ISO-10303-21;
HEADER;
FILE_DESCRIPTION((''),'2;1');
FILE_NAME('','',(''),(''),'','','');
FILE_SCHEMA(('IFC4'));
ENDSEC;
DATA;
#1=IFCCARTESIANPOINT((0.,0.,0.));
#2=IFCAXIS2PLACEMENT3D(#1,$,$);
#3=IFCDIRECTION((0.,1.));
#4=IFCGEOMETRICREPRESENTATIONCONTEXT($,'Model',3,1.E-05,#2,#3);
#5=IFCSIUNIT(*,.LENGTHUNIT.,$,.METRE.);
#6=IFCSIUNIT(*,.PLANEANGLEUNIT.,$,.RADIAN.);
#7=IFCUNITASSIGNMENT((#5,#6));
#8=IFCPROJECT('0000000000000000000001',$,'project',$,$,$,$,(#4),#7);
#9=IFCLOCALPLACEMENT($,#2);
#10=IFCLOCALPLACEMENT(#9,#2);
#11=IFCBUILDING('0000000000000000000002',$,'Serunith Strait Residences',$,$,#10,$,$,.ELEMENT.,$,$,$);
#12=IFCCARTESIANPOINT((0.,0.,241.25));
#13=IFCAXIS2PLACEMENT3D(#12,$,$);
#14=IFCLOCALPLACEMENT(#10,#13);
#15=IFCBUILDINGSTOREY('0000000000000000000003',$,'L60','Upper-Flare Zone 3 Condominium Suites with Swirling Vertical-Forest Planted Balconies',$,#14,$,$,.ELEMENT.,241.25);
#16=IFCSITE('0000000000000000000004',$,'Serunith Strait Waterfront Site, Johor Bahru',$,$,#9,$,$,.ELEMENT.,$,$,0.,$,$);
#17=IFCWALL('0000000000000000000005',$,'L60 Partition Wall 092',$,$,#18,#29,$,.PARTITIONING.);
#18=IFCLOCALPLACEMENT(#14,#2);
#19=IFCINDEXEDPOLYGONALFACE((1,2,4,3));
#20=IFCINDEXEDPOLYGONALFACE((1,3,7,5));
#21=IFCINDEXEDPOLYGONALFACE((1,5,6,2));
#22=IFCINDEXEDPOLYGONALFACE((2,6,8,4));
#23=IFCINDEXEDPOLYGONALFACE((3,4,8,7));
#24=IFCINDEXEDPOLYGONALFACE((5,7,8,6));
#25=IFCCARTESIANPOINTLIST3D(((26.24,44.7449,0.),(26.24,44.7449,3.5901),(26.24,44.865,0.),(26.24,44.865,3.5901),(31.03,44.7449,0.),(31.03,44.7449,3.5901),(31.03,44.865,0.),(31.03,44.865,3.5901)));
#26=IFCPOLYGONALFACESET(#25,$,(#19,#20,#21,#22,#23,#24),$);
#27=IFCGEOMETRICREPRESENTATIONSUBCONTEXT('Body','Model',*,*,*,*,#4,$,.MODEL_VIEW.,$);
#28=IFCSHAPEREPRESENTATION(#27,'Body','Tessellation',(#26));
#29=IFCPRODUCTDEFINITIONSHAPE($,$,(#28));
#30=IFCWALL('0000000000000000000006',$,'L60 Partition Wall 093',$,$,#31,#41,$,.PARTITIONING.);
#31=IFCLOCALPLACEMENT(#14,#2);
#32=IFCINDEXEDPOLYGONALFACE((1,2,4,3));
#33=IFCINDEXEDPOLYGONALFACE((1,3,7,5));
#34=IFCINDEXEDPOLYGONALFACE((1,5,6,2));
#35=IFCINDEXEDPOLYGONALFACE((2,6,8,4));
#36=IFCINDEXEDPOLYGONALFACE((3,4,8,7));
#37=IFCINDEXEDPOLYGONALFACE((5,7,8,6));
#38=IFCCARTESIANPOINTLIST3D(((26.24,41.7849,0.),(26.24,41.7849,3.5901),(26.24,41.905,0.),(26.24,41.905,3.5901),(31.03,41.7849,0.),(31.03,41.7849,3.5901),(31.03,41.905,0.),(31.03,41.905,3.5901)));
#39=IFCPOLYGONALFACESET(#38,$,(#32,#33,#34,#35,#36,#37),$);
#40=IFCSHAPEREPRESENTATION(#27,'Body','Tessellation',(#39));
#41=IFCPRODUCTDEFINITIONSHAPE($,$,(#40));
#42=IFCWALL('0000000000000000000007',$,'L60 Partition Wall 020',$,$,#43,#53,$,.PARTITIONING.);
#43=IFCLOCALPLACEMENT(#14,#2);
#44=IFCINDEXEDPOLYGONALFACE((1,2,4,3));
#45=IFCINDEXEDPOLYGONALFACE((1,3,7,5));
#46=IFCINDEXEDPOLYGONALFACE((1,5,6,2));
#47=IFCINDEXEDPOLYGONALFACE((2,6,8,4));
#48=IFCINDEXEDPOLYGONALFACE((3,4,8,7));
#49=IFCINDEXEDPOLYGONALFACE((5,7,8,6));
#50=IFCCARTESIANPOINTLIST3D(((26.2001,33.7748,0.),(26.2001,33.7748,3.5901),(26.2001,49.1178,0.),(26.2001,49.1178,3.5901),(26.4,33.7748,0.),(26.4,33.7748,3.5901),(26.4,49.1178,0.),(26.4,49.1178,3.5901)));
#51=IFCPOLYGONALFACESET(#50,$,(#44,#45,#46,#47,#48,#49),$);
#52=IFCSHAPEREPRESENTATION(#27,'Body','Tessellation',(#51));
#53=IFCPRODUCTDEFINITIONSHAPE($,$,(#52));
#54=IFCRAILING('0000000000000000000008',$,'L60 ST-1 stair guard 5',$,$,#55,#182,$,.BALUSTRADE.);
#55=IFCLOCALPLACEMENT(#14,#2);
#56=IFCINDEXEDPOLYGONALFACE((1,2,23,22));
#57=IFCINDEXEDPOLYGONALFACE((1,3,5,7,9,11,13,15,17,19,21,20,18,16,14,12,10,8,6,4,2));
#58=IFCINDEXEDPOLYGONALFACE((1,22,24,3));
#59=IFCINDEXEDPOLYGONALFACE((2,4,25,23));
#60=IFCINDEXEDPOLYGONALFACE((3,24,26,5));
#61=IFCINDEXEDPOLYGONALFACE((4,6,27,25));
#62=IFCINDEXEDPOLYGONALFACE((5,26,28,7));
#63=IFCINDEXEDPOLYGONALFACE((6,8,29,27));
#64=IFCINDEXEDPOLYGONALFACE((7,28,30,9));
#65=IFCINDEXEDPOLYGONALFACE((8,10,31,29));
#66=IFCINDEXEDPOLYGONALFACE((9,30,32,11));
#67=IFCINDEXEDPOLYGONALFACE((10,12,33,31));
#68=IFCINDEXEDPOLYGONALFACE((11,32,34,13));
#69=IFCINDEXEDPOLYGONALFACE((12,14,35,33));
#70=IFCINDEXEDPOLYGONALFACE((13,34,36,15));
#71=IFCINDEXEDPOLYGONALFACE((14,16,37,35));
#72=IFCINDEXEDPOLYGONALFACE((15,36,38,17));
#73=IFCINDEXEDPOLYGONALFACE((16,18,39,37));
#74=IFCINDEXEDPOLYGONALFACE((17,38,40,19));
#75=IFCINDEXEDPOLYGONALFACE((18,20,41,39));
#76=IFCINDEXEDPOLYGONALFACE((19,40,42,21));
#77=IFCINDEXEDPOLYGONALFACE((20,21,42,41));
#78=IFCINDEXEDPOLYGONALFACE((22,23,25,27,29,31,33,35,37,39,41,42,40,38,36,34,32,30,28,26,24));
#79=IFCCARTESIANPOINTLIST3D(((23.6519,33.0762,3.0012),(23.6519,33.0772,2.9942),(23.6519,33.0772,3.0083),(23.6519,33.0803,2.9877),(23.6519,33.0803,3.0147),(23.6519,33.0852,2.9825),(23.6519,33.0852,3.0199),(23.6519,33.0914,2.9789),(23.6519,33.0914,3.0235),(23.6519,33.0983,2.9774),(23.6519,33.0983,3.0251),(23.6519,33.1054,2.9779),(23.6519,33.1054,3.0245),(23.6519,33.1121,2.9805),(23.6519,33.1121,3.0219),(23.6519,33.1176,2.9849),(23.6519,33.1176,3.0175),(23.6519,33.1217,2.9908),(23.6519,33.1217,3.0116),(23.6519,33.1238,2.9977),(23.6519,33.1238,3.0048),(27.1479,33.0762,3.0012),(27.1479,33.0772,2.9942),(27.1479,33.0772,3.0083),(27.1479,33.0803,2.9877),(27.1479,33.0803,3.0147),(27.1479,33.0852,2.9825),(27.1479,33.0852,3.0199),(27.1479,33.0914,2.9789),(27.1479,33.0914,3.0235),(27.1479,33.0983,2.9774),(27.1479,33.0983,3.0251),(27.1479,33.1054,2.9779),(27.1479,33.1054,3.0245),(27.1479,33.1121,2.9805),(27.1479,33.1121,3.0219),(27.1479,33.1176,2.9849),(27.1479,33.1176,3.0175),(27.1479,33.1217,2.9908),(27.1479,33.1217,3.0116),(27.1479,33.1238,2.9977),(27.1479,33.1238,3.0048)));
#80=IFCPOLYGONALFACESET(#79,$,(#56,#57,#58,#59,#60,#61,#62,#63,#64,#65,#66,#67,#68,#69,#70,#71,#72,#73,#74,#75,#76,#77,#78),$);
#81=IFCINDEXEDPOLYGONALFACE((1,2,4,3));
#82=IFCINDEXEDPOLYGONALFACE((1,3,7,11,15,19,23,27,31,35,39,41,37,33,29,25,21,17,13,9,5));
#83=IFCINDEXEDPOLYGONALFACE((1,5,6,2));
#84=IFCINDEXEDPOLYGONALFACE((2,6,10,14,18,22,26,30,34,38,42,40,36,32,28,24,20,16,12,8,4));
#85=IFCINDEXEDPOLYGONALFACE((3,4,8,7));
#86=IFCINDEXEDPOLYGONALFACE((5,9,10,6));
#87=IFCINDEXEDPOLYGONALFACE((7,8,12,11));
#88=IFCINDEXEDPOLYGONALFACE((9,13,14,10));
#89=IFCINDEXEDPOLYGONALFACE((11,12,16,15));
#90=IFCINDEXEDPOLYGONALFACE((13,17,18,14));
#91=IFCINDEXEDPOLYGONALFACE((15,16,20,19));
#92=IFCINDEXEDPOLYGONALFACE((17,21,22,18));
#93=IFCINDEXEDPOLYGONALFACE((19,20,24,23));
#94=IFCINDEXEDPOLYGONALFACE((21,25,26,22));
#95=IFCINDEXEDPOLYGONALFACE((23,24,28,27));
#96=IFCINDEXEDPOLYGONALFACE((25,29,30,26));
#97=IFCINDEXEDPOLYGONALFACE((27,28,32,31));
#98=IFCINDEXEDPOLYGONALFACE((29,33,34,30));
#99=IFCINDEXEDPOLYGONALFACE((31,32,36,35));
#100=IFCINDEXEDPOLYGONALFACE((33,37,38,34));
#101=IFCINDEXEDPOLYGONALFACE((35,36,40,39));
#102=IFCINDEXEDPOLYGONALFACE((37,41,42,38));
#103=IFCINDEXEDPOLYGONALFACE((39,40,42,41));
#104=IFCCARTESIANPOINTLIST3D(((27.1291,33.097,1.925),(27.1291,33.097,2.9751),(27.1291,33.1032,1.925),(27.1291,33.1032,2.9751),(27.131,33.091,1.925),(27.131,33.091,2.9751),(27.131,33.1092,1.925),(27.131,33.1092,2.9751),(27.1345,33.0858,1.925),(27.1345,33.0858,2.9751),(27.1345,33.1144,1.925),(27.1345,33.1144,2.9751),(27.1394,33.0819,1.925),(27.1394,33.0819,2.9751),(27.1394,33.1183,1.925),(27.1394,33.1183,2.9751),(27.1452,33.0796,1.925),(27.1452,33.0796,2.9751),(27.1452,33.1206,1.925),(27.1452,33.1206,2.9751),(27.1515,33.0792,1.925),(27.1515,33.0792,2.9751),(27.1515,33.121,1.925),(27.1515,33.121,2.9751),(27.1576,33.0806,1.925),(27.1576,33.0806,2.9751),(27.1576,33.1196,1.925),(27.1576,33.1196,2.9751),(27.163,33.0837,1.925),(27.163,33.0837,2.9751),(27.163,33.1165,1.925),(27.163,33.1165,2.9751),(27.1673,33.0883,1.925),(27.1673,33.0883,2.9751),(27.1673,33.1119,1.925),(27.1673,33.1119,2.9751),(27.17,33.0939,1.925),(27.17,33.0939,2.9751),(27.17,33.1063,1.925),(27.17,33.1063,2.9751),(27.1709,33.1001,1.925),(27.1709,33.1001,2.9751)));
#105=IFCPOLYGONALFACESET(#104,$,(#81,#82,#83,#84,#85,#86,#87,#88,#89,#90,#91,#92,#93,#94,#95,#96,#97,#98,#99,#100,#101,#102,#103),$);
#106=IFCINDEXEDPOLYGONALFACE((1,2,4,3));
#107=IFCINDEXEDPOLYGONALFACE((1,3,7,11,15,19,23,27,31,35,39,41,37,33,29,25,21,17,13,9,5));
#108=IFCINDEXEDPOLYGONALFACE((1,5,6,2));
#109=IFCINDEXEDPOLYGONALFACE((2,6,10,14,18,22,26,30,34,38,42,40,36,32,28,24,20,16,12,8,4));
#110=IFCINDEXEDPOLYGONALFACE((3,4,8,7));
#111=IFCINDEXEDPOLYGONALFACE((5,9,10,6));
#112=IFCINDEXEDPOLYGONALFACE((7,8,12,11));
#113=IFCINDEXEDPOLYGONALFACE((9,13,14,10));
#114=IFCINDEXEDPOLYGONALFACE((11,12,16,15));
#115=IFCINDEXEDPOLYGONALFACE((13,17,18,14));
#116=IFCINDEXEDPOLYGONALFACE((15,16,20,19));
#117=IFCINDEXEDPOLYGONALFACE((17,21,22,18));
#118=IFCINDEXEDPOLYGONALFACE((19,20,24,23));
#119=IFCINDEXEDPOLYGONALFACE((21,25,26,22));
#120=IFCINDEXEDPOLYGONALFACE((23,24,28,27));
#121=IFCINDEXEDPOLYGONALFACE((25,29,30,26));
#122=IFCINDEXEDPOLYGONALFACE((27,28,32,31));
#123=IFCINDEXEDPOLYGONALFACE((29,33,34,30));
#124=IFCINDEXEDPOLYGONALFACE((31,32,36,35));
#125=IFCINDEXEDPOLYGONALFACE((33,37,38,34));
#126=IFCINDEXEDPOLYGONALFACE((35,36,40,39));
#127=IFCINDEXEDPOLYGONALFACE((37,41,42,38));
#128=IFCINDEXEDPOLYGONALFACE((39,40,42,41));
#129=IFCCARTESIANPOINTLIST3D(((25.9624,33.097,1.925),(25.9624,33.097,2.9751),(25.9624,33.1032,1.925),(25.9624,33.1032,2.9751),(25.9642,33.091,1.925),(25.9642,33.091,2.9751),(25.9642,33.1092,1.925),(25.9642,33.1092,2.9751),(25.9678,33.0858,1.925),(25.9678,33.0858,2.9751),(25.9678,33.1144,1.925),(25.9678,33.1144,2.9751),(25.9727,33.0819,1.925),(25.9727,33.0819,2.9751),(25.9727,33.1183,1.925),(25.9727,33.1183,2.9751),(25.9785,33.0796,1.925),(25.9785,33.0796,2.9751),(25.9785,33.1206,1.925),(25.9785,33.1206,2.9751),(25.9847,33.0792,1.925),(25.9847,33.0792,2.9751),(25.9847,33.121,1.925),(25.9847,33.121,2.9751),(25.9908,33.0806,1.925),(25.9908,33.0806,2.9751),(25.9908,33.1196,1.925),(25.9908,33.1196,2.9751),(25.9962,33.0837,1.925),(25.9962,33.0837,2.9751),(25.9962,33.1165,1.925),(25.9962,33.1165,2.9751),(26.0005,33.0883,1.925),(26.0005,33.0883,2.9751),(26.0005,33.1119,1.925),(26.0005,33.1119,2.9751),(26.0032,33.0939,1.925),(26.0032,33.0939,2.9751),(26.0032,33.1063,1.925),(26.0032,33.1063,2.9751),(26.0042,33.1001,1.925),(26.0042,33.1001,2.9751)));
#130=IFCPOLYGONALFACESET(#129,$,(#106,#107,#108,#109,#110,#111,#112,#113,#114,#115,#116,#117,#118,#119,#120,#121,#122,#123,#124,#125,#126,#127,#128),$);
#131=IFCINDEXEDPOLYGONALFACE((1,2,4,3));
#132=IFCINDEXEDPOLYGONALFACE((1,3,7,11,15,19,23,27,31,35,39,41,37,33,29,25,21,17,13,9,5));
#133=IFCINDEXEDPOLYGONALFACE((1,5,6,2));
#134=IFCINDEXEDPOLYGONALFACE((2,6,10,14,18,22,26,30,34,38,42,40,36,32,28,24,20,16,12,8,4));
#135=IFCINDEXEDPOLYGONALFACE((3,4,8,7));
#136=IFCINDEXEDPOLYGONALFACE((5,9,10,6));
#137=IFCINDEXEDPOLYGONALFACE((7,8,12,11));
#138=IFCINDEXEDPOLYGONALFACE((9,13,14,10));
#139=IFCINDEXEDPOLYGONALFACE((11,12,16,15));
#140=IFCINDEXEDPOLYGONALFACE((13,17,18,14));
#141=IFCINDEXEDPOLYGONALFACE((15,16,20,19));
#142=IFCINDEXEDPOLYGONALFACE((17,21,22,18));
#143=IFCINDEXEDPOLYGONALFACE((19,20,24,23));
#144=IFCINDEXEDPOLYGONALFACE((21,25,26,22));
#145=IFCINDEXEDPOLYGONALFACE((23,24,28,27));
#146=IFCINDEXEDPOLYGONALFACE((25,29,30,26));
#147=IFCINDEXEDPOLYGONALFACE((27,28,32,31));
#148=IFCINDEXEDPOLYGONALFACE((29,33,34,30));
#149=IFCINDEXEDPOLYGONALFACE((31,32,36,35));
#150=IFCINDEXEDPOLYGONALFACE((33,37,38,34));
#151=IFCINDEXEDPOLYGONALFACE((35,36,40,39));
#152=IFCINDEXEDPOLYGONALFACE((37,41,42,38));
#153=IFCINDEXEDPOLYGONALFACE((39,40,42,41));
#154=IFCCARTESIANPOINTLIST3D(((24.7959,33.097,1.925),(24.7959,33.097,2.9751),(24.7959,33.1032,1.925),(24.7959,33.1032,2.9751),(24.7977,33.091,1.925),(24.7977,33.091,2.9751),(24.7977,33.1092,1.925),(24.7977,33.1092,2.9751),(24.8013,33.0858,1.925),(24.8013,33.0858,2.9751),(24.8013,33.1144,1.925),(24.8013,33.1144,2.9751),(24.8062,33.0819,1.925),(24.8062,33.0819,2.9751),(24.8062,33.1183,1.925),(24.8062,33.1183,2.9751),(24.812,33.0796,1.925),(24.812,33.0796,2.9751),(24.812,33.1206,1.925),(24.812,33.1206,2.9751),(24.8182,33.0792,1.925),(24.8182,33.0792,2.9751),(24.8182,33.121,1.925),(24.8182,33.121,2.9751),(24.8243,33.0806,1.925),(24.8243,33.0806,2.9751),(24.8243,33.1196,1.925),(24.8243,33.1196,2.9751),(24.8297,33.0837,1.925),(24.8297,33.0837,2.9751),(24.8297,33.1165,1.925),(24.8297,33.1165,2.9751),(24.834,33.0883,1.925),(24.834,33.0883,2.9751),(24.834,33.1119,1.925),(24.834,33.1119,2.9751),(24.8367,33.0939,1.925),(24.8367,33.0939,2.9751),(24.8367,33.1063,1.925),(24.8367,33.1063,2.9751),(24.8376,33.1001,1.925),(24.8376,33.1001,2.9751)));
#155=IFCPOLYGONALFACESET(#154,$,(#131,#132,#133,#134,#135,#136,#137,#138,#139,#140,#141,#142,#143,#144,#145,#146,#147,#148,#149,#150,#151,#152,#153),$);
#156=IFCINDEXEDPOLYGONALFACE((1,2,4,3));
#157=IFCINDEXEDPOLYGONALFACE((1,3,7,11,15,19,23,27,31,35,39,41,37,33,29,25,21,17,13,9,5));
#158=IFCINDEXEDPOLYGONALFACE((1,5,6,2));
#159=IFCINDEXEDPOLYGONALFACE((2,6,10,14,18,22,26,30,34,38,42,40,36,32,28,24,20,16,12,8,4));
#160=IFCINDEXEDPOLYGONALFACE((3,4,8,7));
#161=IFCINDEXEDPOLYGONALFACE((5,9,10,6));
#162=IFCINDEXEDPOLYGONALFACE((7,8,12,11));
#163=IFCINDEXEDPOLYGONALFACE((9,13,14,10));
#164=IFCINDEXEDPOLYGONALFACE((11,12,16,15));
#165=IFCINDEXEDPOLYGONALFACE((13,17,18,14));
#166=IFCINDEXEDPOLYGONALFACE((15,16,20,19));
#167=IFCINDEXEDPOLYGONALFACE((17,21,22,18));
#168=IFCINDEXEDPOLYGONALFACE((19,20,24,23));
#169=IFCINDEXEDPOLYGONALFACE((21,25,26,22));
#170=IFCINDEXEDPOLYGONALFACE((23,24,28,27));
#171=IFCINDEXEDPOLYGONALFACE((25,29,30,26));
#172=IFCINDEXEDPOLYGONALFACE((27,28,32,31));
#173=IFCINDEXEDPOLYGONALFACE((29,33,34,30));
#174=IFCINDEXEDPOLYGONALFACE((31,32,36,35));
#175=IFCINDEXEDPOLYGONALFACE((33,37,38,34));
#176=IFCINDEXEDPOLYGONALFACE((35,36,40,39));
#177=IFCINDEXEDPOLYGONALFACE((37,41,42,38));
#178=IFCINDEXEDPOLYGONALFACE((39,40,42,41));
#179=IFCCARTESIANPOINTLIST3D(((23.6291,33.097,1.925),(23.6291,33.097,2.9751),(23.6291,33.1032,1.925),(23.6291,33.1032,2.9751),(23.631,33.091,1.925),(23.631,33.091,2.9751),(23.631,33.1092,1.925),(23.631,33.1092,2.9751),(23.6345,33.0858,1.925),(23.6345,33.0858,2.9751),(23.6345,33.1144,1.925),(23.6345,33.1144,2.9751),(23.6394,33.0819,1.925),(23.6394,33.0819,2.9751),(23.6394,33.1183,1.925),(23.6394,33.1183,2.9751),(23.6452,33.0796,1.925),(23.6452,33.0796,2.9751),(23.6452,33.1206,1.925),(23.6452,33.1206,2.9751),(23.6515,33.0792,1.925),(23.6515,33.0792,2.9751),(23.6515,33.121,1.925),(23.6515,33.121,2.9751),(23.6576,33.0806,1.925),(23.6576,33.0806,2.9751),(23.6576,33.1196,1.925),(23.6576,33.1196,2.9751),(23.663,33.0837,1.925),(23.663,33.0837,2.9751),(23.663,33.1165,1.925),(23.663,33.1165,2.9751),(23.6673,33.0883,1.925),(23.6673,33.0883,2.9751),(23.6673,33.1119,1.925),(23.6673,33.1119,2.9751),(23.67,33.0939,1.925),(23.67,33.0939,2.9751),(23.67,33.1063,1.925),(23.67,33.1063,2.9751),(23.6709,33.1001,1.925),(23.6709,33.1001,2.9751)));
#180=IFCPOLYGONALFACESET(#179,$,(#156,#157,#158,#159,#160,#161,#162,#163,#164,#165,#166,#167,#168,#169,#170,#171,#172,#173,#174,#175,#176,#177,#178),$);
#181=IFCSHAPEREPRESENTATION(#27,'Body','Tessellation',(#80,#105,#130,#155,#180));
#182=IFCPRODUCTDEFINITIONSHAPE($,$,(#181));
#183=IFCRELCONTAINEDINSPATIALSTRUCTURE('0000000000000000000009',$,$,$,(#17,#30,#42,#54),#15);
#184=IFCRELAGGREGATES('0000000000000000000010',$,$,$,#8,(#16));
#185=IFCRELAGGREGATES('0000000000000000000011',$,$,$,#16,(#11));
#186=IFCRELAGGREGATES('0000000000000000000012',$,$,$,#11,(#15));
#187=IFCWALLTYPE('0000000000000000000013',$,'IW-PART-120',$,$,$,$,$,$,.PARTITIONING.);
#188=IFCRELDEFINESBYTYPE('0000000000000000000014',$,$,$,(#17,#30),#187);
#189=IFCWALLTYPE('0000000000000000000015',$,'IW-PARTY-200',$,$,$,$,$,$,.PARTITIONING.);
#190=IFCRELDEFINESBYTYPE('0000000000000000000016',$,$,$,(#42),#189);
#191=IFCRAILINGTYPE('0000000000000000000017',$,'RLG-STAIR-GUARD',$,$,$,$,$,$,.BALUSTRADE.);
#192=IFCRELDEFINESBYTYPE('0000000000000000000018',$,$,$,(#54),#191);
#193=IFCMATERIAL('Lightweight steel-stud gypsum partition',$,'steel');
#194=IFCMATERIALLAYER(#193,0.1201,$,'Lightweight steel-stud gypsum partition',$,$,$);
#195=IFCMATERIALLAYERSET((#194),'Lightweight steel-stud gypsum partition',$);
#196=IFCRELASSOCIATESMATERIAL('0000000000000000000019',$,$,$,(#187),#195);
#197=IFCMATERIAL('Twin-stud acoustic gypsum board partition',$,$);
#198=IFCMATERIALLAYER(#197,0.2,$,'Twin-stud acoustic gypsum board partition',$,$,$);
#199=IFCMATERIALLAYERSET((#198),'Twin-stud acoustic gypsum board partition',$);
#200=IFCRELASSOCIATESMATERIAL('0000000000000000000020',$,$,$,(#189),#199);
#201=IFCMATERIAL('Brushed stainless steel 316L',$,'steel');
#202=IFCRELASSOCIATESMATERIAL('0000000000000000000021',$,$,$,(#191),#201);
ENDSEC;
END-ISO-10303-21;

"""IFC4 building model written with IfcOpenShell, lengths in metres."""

from ifc_helpers import new_model, si_unit, direction, frame, frame_2d, origin, origin_2d, place, context, subcontext, project, spatial, rectangle, circle, extrude, material, layer, layer_set, type_object, element, save


model = new_model("IFC4")

# Units and contexts
model_context = context("Model", 3, precision=1e-05, world=origin(), true_north=direction((0.0, 1.0)))
body_context = subcontext(model_context, "Body", "Model", "MODEL_VIEW")
ifc_project = project(units=[si_unit("LENGTHUNIT", "METRE"), si_unit("PLANEANGLEUNIT", "RADIAN")], contexts=[model_context])

# Site, building, storey
site_placement = place(None, origin())
site = spatial("IfcSite", under=ifc_project, at=site_placement, Name="Serunith Strait Waterfront Site, Johor Bahru", CompositionType="ELEMENT", RefElevation=0.0)
building_placement = place(site_placement, origin())
building = spatial("IfcBuilding", under=site, at=building_placement, Name="Serunith Strait Residences", CompositionType="ELEMENT")
storey_placement = place(building_placement, frame((0.0, 0.0, 241.25)))
storey = spatial("IfcBuildingStorey", under=building, at=storey_placement, Name="L60", Description="Upper-Flare Zone 3 Condominium Suites with Swirling Vertical-Forest Planted Balconies", CompositionType="ELEMENT", Elevation=241.25)

# Shared definitions
ifc_material_1 = material(Name="Lightweight steel-stud gypsum partition", Category="steel")
ifc_layer_1 = layer(ifc_material_1, 0.1201, Name="Lightweight steel-stud gypsum partition")
ifc_layer_set_1 = layer_set([ifc_layer_1], Name="Lightweight steel-stud gypsum partition")
wall_type_1 = type_object("IfcWallType", Name="IW-PART-120", PredefinedType="PARTITIONING", material=ifc_layer_set_1)

# Walls
for number, where, z_axis, x_axis, name in (
    (1, (26.24, 44.8049, 0.0), (0.0, 0.0, 1.0), (1.0, 0.0, 0.0), "L60 Partition Wall 092"),
    (2, (26.24, 41.845, 0.0), (0.0, 0.0, 1.0), (1.0, 0.0, 0.0), "L60 Partition Wall 093"),
):
    element("IfcWall", number, at=place(storey_placement, frame(where, z_axis=z_axis, x_axis=x_axis)), inside=storey, type_object=wall_type_1, Name=name, PredefinedType="PARTITIONING", context=body_context, shape_type="SweptSolid", body=[
        extrude(rectangle(XDim=4.79, YDim=0.1201, at=frame_2d((2.395, 0.0))), origin(), (0.0, 0.0, 1.0), 3.5901),
    ])
ifc_material_2 = material(Name="Twin-stud acoustic gypsum board partition")
ifc_layer_2 = layer(ifc_material_2, 0.2, Name="Twin-stud acoustic gypsum board partition")
ifc_layer_set_2 = layer_set([ifc_layer_2], Name="Twin-stud acoustic gypsum board partition")
wall_type_2 = type_object("IfcWallType", Name="IW-PARTY-200", PredefinedType="PARTITIONING", material=ifc_layer_set_2)
wall_1_placement = place(storey_placement, frame((26.3, 33.7749, 0.0), z_axis=(0.0, 0.0, 1.0), x_axis=(0.0, 1.0, 0.0)))
element("IfcWall", 3, at=wall_1_placement, inside=storey, type_object=wall_type_2, Name="L60 Partition Wall 020", PredefinedType="PARTITIONING", context=body_context, shape_type="SweptSolid", body=[
    extrude(rectangle(XDim=15.343, YDim=0.2, at=frame_2d((7.6714, 0.0))), origin(), (0.0, 0.0, 1.0), 3.5901),
])

# Railing
ifc_material_3 = material(Name="Brushed stainless steel 316L", Category="steel")
railing_type = type_object("IfcRailingType", Name="RLG-STAIR-GUARD", PredefinedType="BALUSTRADE", material=ifc_material_3)
railing_1_placement = place(storey_placement, frame((27.1499, 33.1001, 1.925)))
element("IfcRailing", 4, at=railing_1_placement, inside=storey, type_object=railing_type, Name="L60 ST-1 stair guard 5", PredefinedType="BALUSTRADE", context=body_context, shape_type="SweptSolid", body=[
    extrude(circle(Radius=0.0239, at=origin_2d()), frame((-0.002, 0.0, 1.0762), z_axis=(-1.0, 0.0, 0.0), x_axis=(0.0, -1.0, 0.0)), (0.0, 0.0, 1.0), 3.4961),
    extrude(circle(Radius=0.021, at=origin_2d()), origin(), (0.0, 0.0, 1.0), 1.05),
    extrude(circle(Radius=0.021, at=origin_2d()), frame((-1.1667, 0.0, 0.0)), (0.0, 0.0, 1.0), 1.05),
    extrude(circle(Radius=0.021, at=origin_2d()), frame((-2.3333, 0.0, 0.0)), (0.0, 0.0, 1.0), 1.05),
    extrude(circle(Radius=0.021, at=origin_2d()), frame((-3.5, 0.0, 0.0)), (0.0, 0.0, 1.0), 1.05),
])

save(model, "model.ifc")
